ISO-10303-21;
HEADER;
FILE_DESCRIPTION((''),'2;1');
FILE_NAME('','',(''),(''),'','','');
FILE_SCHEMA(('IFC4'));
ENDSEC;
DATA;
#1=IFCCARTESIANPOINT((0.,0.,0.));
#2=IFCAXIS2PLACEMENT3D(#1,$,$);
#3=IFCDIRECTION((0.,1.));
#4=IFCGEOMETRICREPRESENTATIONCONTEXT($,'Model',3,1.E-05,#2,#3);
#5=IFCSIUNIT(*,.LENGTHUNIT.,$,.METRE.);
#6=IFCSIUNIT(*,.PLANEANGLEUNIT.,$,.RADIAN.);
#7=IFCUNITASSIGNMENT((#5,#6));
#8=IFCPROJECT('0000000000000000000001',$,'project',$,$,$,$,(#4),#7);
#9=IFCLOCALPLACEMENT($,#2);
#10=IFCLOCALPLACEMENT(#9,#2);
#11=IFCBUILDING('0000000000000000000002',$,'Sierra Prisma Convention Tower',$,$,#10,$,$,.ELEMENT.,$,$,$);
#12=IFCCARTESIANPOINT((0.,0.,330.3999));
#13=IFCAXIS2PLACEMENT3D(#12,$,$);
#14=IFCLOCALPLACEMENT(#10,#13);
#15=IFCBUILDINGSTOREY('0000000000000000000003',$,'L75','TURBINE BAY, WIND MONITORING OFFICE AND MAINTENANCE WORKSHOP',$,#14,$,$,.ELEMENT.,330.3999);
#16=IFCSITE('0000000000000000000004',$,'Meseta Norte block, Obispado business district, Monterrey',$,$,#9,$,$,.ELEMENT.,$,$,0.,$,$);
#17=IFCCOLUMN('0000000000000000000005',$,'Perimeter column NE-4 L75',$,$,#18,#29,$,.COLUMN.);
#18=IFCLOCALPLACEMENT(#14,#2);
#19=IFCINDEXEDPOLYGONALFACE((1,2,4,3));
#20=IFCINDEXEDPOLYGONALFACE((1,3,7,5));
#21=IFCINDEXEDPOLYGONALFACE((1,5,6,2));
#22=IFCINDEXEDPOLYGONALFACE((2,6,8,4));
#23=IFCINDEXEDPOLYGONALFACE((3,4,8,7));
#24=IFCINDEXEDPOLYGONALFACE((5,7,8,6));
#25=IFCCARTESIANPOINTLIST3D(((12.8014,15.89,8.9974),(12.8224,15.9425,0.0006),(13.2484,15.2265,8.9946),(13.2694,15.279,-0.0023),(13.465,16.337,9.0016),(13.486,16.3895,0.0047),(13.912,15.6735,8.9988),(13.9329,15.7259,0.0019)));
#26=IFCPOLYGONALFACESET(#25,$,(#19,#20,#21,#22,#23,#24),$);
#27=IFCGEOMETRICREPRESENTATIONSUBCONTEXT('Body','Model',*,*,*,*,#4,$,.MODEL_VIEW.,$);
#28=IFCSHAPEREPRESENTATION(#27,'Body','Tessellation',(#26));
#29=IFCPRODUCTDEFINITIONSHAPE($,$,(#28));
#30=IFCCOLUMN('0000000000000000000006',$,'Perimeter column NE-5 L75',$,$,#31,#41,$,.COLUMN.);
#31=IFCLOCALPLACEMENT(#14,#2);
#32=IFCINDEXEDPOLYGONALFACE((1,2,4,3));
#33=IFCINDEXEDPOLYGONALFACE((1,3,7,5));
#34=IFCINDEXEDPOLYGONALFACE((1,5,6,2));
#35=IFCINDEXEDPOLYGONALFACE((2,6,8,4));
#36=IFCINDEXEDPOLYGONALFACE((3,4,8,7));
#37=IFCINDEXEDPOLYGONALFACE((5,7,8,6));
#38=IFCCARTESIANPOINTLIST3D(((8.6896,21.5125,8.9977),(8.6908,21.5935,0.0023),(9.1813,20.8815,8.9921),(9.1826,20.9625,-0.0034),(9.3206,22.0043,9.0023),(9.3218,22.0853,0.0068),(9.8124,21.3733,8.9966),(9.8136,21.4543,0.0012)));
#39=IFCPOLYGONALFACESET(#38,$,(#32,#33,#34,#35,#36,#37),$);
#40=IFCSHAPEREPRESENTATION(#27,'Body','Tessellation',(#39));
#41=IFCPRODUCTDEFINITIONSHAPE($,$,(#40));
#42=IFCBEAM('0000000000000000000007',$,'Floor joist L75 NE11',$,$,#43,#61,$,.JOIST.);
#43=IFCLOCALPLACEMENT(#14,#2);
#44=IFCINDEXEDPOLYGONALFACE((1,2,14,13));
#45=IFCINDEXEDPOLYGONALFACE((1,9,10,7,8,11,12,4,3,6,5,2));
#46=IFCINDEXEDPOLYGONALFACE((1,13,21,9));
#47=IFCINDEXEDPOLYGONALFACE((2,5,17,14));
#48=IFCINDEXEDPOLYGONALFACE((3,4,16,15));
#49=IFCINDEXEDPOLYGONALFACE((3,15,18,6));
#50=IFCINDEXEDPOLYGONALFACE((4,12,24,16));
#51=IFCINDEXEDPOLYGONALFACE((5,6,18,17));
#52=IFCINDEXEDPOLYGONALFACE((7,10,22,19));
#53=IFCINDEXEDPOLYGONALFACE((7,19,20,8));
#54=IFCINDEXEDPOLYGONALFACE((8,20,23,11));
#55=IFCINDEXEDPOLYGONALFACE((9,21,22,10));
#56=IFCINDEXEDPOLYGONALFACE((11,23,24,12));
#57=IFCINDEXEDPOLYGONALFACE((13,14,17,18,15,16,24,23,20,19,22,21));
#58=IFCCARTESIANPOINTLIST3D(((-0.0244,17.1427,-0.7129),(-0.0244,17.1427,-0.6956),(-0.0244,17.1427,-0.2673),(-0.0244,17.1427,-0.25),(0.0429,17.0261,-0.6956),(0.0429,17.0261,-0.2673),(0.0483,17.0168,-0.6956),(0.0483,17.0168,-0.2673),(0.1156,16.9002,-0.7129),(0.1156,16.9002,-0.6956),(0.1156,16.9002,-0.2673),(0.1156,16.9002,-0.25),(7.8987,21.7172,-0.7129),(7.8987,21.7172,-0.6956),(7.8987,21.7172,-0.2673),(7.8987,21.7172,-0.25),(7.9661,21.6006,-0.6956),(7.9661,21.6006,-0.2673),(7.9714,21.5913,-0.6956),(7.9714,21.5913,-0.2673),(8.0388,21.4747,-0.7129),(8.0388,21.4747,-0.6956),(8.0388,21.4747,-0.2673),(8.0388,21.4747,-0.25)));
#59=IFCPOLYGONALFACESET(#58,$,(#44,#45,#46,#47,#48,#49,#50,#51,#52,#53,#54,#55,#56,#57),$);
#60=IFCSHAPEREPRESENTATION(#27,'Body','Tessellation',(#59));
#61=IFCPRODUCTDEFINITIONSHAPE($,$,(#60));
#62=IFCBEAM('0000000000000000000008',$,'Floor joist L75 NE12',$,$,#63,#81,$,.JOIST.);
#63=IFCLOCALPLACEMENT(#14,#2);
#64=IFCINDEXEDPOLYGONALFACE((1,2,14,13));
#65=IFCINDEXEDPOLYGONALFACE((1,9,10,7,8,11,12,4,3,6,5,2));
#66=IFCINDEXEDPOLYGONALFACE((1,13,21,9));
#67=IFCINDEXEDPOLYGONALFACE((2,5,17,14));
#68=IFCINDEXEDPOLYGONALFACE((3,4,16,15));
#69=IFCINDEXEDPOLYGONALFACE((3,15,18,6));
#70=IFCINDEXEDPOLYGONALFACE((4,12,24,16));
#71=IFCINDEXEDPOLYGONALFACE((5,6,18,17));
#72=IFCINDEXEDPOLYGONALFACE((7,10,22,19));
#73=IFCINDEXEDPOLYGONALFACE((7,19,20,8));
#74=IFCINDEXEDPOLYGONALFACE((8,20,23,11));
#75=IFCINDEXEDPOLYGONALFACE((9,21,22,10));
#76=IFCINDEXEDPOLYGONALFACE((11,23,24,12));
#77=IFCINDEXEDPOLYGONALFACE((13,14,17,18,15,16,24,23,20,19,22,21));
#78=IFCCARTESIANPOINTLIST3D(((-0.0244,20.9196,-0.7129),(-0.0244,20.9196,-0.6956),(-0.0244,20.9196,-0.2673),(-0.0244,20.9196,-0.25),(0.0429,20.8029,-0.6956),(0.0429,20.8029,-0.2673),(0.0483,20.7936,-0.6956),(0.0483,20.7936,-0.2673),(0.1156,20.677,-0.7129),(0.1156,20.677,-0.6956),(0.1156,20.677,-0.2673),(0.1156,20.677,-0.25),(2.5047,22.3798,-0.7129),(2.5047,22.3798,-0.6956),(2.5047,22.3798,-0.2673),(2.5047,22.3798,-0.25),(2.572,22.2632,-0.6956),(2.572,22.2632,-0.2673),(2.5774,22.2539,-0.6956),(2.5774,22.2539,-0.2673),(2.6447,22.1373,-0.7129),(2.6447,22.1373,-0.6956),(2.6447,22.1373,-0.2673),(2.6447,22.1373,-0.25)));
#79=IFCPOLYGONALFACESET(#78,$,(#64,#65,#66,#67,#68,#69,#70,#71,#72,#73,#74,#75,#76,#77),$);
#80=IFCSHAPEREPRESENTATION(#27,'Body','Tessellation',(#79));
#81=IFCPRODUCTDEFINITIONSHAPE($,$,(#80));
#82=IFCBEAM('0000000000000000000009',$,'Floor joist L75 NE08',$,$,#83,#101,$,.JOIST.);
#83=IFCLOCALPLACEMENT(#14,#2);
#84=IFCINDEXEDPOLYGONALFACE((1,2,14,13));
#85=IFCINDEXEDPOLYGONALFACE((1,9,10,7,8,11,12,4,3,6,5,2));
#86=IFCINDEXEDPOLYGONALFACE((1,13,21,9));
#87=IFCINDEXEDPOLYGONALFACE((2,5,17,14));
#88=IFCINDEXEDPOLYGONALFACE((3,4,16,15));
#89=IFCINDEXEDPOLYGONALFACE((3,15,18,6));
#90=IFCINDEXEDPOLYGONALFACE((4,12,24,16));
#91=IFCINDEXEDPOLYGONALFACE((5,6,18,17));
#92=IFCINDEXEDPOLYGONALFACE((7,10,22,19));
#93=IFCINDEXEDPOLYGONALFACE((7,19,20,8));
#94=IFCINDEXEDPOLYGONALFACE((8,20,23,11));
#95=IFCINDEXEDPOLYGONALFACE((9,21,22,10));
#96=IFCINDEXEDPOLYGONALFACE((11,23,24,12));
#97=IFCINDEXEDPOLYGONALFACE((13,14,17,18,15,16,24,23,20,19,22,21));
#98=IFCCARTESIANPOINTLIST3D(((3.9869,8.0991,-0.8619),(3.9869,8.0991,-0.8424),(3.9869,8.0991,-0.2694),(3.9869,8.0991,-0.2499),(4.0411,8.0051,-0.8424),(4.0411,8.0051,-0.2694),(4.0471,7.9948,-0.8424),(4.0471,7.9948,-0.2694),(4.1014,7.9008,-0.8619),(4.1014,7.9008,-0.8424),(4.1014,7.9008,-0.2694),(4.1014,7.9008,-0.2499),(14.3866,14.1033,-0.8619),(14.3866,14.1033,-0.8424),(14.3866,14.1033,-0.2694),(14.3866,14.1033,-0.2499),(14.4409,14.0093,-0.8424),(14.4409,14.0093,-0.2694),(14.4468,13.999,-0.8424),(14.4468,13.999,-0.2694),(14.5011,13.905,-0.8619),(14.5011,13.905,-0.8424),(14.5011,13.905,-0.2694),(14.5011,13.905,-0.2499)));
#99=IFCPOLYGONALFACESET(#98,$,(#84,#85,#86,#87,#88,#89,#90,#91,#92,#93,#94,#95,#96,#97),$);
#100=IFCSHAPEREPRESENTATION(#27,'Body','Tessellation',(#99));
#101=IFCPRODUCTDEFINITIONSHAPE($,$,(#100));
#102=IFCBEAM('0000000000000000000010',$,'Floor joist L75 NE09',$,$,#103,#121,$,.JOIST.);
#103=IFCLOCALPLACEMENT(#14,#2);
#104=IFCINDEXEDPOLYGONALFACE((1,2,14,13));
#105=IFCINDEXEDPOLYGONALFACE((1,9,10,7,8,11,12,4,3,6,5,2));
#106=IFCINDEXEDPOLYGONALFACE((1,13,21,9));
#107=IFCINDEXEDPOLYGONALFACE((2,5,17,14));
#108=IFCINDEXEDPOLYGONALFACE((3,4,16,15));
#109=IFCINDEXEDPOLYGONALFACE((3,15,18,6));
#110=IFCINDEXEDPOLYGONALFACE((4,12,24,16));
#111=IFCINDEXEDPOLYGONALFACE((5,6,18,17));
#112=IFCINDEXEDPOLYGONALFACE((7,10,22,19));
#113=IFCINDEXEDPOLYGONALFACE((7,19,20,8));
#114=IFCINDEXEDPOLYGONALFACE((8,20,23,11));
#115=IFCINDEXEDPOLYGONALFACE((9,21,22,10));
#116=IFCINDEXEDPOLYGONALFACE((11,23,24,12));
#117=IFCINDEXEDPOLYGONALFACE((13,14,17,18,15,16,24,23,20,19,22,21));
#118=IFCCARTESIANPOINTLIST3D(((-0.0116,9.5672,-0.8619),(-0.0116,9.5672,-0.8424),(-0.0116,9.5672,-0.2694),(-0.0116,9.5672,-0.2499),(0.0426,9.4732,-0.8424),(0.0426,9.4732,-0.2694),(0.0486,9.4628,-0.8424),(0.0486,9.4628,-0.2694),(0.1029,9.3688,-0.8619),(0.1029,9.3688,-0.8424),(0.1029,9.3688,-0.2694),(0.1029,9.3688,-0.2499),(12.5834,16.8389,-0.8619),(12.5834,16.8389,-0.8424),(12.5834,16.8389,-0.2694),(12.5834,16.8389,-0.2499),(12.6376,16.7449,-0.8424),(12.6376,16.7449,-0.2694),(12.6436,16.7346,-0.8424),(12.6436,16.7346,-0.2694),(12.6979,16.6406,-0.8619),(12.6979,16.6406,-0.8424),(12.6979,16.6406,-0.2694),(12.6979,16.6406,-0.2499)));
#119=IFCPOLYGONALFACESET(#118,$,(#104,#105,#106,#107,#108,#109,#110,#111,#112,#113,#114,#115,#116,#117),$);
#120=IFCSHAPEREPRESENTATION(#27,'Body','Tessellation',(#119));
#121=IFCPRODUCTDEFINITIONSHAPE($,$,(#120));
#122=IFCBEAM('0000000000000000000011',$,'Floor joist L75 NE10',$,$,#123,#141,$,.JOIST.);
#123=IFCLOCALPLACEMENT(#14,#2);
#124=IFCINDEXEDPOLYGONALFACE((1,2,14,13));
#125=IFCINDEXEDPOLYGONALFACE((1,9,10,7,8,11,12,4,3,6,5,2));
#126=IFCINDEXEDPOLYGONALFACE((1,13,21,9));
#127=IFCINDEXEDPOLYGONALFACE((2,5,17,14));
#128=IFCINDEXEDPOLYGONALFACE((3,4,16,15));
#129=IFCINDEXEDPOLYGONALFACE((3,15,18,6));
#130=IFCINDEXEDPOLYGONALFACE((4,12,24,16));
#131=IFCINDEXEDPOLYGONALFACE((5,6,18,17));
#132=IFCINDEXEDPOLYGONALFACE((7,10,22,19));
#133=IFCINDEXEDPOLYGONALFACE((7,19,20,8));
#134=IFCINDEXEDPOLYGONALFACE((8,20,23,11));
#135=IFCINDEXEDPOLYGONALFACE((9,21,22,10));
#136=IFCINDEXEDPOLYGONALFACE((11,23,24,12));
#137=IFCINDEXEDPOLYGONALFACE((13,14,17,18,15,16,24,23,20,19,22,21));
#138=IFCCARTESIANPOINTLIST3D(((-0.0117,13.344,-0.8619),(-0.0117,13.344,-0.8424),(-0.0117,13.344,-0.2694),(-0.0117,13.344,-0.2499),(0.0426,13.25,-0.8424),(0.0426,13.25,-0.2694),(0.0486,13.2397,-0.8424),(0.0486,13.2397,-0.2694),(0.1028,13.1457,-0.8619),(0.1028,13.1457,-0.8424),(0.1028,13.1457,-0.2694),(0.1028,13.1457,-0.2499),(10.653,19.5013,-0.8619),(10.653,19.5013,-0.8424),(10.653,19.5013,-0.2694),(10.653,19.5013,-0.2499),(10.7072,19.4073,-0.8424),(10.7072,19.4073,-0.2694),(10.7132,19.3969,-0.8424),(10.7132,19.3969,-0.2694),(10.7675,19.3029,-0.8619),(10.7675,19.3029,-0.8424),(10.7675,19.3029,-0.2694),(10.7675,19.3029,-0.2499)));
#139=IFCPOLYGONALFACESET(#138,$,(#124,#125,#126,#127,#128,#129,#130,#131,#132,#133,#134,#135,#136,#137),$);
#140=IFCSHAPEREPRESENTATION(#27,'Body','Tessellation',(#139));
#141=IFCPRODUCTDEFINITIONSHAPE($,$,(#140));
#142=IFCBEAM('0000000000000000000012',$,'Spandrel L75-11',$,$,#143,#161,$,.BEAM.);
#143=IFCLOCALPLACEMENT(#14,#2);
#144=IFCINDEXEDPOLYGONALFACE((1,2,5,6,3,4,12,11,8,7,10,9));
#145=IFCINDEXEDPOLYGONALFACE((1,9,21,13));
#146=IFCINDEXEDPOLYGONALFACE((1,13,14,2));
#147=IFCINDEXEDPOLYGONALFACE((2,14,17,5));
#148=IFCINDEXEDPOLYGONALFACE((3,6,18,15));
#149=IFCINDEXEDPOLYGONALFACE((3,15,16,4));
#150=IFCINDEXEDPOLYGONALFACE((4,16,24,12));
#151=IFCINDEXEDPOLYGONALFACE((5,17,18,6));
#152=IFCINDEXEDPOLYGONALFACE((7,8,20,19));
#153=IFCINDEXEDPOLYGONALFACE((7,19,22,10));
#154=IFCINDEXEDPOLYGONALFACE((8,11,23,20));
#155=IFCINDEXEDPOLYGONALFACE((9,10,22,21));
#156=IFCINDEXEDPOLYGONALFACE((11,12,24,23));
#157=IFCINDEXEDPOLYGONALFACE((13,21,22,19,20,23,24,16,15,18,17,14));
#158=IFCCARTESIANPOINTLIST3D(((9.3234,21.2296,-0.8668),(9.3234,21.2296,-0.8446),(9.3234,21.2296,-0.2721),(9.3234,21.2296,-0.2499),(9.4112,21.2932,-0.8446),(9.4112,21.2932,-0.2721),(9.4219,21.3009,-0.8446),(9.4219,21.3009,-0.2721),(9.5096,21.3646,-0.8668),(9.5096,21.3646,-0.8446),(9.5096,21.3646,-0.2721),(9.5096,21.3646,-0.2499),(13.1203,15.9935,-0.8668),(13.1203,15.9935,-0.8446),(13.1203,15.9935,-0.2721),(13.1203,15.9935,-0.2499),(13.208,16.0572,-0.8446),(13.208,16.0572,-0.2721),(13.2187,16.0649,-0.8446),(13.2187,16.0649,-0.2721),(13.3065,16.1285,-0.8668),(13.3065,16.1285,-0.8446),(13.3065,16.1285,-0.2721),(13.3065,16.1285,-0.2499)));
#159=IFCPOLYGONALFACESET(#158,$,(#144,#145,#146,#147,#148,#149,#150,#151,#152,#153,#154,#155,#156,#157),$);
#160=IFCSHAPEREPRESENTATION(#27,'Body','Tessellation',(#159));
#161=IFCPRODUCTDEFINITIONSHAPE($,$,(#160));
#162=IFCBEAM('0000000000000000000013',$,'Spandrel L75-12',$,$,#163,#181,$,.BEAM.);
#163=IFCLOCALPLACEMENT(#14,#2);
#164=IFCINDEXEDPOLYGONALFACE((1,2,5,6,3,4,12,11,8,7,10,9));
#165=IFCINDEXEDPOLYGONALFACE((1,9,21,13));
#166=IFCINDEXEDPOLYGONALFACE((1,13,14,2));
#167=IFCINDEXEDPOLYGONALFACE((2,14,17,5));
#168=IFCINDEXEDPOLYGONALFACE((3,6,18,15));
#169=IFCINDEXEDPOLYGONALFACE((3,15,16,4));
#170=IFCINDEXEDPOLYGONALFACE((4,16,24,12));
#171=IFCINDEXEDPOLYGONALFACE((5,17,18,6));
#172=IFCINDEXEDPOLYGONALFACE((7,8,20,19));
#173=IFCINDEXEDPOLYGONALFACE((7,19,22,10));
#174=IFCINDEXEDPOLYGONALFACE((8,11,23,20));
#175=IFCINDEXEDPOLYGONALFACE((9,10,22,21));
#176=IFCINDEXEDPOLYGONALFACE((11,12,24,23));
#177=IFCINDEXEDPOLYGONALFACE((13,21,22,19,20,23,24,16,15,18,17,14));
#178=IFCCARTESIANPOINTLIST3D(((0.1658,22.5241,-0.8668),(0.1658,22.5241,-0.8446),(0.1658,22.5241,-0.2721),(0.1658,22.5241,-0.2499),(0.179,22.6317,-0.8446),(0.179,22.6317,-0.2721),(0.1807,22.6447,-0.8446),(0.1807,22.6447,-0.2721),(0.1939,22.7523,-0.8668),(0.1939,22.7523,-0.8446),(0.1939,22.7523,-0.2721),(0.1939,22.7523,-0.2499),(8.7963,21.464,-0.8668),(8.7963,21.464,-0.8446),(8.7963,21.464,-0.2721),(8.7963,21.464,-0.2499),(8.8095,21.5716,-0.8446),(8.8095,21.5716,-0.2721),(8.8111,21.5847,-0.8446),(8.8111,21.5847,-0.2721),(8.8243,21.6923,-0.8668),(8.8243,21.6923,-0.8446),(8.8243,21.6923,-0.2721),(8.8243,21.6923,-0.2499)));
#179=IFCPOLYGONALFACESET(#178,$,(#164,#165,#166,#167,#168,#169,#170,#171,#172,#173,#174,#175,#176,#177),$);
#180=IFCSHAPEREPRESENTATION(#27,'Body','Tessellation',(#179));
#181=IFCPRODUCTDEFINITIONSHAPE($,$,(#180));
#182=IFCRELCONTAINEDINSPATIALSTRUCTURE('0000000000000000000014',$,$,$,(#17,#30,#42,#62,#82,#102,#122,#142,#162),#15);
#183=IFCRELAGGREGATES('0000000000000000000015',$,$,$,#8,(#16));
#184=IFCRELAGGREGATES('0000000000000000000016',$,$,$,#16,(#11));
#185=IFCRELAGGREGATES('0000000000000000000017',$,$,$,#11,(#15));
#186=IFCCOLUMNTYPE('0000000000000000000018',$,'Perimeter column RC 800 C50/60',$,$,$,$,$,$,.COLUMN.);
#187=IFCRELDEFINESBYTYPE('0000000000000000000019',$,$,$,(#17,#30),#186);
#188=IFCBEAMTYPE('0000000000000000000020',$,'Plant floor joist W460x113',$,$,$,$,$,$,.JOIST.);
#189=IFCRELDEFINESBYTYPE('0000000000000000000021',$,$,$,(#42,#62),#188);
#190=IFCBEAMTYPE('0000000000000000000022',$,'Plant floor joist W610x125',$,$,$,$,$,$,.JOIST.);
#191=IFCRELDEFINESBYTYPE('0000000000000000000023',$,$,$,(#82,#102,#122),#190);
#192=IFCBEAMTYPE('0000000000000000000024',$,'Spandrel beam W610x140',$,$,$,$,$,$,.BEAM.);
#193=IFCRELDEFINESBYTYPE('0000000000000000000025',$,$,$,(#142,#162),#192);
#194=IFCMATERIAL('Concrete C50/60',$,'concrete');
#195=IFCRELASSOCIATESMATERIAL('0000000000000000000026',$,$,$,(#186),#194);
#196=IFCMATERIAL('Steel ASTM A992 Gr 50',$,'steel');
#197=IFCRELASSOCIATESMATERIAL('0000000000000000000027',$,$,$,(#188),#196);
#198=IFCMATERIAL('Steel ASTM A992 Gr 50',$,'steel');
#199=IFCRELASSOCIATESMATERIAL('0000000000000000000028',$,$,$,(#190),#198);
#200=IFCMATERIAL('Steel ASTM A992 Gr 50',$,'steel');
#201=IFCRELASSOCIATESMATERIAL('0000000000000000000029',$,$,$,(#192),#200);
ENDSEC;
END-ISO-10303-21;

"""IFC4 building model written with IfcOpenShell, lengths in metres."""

from ifc_helpers import new_model, si_unit, direction, frame, origin, origin_2d, place, context, subcontext, project, spatial, rectangle, i_section, extrude, clip, halfspace, material, material_profile, profile_set, type_object, element, save


model = new_model("IFC4")

# Units and contexts
model_context = context("Model", 3, precision=1e-05, world=origin(), true_north=direction((0.0, 1.0)))
body_context = subcontext(model_context, "Body", "Model", "MODEL_VIEW")
ifc_project = project(units=[si_unit("LENGTHUNIT", "METRE"), si_unit("PLANEANGLEUNIT", "RADIAN")], contexts=[model_context])

# Site, building, storey
site_placement = place(None, origin())
site = spatial("IfcSite", under=ifc_project, at=site_placement, Name="Meseta Norte block, Obispado business district, Monterrey", CompositionType="ELEMENT", RefElevation=0.0)
building_placement = place(site_placement, origin())
building = spatial("IfcBuilding", under=site, at=building_placement, Name="Sierra Prisma Convention Tower", CompositionType="ELEMENT")
storey_placement = place(building_placement, frame((0.0, 0.0, 330.3999)))
storey = spatial("IfcBuildingStorey", under=building, at=storey_placement, Name="L75", Description="TURBINE BAY, WIND MONITORING OFFICE AND MAINTENANCE WORKSHOP", CompositionType="ELEMENT", Elevation=330.3999)

# Columns
ifc_material_1 = material(Name="Concrete C50/60", Category="concrete")
ifc_material_profile_1 = material_profile(ifc_material_1, rectangle(XDim=0.8, YDim=0.8, at=origin_2d()), Name="Perimeter column RC 800 C50/60")
ifc_profile_set_1 = profile_set([ifc_material_profile_1], Name="Concrete C50/60")
column_type = type_object("IfcColumnType", Name="Perimeter column RC 800 C50/60", PredefinedType="COLUMN", material=ifc_profile_set_1)
column_1_placement = place(storey_placement, frame((13.3777, 15.8342, 0.0), z_axis=(-0.002333, -0.005832, 0.99998), x_axis=(-0.558678, 0.829377, 0.003534)))
element("IfcColumn", 1, at=column_1_placement, inside=storey, type_object=column_type, Name="Perimeter column NE-4 L75", PredefinedType="COLUMN", context=body_context, shape_type="SweptSolid", body=[
    clip(clip(extrude(rectangle(XDim=0.8, YDim=0.8, at=origin_2d()), origin(), (0.0, 0.0, 1.0), 9.0002), halfspace(frame((0.0, 0.0, 0.0012)), True)), halfspace(frame((0.0, 0.0, 8.9983)), False)),
])
column_2_placement = place(storey_placement, frame((9.2522, 21.5239, 0.0), z_axis=(-0.000136, -0.009006, 0.999959), x_axis=(-0.614683, 0.788743, 0.00702)))
element("IfcColumn", 2, at=column_2_placement, inside=storey, type_object=column_type, Name="Perimeter column NE-5 L75", PredefinedType="COLUMN", context=body_context, shape_type="SweptSolid", body=[
    clip(clip(extrude(rectangle(XDim=0.8, YDim=0.8, at=origin_2d()), origin(), (0.0, 0.0, 1.0), 9.0002), halfspace(frame((0.0, 0.0, 0.0017)), True)), halfspace(frame((0.0, 0.0, 8.9976)), False)),
])

# Beams
ifc_material_2 = material(Name="Steel ASTM A992 Gr 50", Category="steel")
ifc_material_profile_2 = material_profile(ifc_material_2, i_section(OverallWidth=0.28, OverallDepth=0.4629, WebThickness=0.0107, FlangeThickness=0.0173, at=origin_2d()), Name="W460x113")
ifc_profile_set_2 = profile_set([ifc_material_profile_2], Name="Steel ASTM A992 Gr 50")
beam_type_1 = type_object("IfcBeamType", Name="Plant floor joist W460x113", PredefinedType="JOIST", material=ifc_profile_set_2)
beam_1_placement = place(storey_placement, frame((7.9688, 21.5959, -0.4814), z_axis=(-0.866022, -0.500005, 0.0), x_axis=(0.500005, -0.866022, 0.0)))
element("IfcBeam", 3, at=beam_1_placement, inside=storey, type_object=beam_type_1, Name="Floor joist L75 NE11", PredefinedType="JOIST", context=body_context, shape_type="SweptSolid", body=[
    extrude(i_section(OverallWidth=0.28, OverallDepth=0.4629, WebThickness=0.0107, FlangeThickness=0.0173, at=origin_2d()), origin(), (0.0, 0.0, 1.0), 9.1489),
])
beam_2_placement = place(storey_placement, frame((2.5747, 22.2585, -0.4814), z_axis=(-0.866017, -0.500014, 0.0), x_axis=(0.500014, -0.866017, 0.0)))
element("IfcBeam", 4, at=beam_2_placement, inside=storey, type_object=beam_type_1, Name="Floor joist L75 NE12", PredefinedType="JOIST", context=body_context, shape_type="SweptSolid", body=[
    extrude(i_section(OverallWidth=0.28, OverallDepth=0.4629, WebThickness=0.0107, FlangeThickness=0.0173, at=origin_2d()), origin(), (0.0, 0.0, 1.0), 2.9204),
])
ifc_material_3 = material(Name="Steel ASTM A992 Gr 50", Category="steel")
ifc_material_profile_3 = material_profile(ifc_material_3, i_section(OverallWidth=0.229, OverallDepth=0.6121, WebThickness=0.012, FlangeThickness=0.0195, at=origin_2d()), Name="W610x125")
ifc_profile_set_3 = profile_set([ifc_material_profile_3], Name="Steel ASTM A992 Gr 50")
beam_type_2 = type_object("IfcBeamType", Name="Plant floor joist W610x125", PredefinedType="JOIST", material=ifc_profile_set_3)
beam_3_placement = place(storey_placement, frame((14.4438, 14.0042, -0.5559), z_axis=(-0.866029, -0.499994, 0.0), x_axis=(0.499994, -0.866029, 0.0)))
element("IfcBeam", 5, at=beam_3_placement, inside=storey, type_object=beam_type_2, Name="Floor joist L75 NE08", PredefinedType="JOIST", context=body_context, shape_type="SweptSolid", body=[
    extrude(i_section(OverallWidth=0.229, OverallDepth=0.6121, WebThickness=0.012, FlangeThickness=0.0195, at=origin_2d()), origin(), (0.0, 0.0, 1.0), 12.0085),
])
beam_4_placement = place(storey_placement, frame((12.6406, 16.7397, -0.5559), z_axis=(-0.866025, -0.500001, 0.0), x_axis=(0.500001, -0.866025, 0.0)))
element("IfcBeam", 6, at=beam_4_placement, inside=storey, type_object=beam_type_2, Name="Floor joist L75 NE09", PredefinedType="JOIST", context=body_context, shape_type="SweptSolid", body=[
    extrude(i_section(OverallWidth=0.229, OverallDepth=0.6121, WebThickness=0.012, FlangeThickness=0.0195, at=origin_2d()), origin(), (0.0, 0.0, 1.0), 14.5435),
])
beam_5_placement = place(storey_placement, frame((10.7102, 19.4021, -0.5559), z_axis=(-0.866024, -0.500003, 0.0), x_axis=(0.500003, -0.866024, 0.0)))
element("IfcBeam", 7, at=beam_5_placement, inside=storey, type_object=beam_type_2, Name="Floor joist L75 NE10", PredefinedType="JOIST", context=body_context, shape_type="SweptSolid", body=[
    extrude(i_section(OverallWidth=0.229, OverallDepth=0.6121, WebThickness=0.012, FlangeThickness=0.0195, at=origin_2d()), origin(), (0.0, 0.0, 1.0), 12.3145),
])
ifc_material_4 = material(Name="Steel ASTM A992 Gr 50", Category="steel")
ifc_material_profile_4 = material_profile(ifc_material_4, i_section(OverallWidth=0.23, OverallDepth=0.6169, WebThickness=0.0132, FlangeThickness=0.0222, at=origin_2d()), Name="W610x140")
ifc_profile_set_4 = profile_set([ifc_material_profile_4], Name="Steel ASTM A992 Gr 50")
beam_type_3 = type_object("IfcBeamType", Name="Spandrel beam W610x140", PredefinedType="BEAM", material=ifc_profile_set_4)
beam_6_placement = place(storey_placement, frame((13.2134, 16.061, -0.5583), z_axis=(-0.58704, 0.809558, 0.0), x_axis=(-0.809558, -0.58704, 0.0)))
element("IfcBeam", 8, at=beam_6_placement, inside=storey, type_object=beam_type_3, Name="Spandrel L75-11", PredefinedType="BEAM", context=body_context, shape_type="SweptSolid", body=[
    extrude(i_section(OverallWidth=0.23, OverallDepth=0.6169, WebThickness=0.0132, FlangeThickness=0.0222, at=origin_2d()), origin(), (0.0, 0.0, 1.0), 6.4678),
])
beam_7_placement = place(storey_placement, frame((8.8103, 21.5781, -0.5583), z_axis=(-0.992541, 0.121913, 0.0), x_axis=(-0.121913, -0.992541, 0.0)))
element("IfcBeam", 9, at=beam_7_placement, inside=storey, type_object=beam_type_3, Name="Spandrel L75-12", PredefinedType="BEAM", context=body_context, shape_type="SweptSolid", body=[
    extrude(i_section(OverallWidth=0.23, OverallDepth=0.6169, WebThickness=0.0132, FlangeThickness=0.0222, at=origin_2d()), origin(), (0.0, 0.0, 1.0), 8.6953),
])

save(model, "model.ifc")
